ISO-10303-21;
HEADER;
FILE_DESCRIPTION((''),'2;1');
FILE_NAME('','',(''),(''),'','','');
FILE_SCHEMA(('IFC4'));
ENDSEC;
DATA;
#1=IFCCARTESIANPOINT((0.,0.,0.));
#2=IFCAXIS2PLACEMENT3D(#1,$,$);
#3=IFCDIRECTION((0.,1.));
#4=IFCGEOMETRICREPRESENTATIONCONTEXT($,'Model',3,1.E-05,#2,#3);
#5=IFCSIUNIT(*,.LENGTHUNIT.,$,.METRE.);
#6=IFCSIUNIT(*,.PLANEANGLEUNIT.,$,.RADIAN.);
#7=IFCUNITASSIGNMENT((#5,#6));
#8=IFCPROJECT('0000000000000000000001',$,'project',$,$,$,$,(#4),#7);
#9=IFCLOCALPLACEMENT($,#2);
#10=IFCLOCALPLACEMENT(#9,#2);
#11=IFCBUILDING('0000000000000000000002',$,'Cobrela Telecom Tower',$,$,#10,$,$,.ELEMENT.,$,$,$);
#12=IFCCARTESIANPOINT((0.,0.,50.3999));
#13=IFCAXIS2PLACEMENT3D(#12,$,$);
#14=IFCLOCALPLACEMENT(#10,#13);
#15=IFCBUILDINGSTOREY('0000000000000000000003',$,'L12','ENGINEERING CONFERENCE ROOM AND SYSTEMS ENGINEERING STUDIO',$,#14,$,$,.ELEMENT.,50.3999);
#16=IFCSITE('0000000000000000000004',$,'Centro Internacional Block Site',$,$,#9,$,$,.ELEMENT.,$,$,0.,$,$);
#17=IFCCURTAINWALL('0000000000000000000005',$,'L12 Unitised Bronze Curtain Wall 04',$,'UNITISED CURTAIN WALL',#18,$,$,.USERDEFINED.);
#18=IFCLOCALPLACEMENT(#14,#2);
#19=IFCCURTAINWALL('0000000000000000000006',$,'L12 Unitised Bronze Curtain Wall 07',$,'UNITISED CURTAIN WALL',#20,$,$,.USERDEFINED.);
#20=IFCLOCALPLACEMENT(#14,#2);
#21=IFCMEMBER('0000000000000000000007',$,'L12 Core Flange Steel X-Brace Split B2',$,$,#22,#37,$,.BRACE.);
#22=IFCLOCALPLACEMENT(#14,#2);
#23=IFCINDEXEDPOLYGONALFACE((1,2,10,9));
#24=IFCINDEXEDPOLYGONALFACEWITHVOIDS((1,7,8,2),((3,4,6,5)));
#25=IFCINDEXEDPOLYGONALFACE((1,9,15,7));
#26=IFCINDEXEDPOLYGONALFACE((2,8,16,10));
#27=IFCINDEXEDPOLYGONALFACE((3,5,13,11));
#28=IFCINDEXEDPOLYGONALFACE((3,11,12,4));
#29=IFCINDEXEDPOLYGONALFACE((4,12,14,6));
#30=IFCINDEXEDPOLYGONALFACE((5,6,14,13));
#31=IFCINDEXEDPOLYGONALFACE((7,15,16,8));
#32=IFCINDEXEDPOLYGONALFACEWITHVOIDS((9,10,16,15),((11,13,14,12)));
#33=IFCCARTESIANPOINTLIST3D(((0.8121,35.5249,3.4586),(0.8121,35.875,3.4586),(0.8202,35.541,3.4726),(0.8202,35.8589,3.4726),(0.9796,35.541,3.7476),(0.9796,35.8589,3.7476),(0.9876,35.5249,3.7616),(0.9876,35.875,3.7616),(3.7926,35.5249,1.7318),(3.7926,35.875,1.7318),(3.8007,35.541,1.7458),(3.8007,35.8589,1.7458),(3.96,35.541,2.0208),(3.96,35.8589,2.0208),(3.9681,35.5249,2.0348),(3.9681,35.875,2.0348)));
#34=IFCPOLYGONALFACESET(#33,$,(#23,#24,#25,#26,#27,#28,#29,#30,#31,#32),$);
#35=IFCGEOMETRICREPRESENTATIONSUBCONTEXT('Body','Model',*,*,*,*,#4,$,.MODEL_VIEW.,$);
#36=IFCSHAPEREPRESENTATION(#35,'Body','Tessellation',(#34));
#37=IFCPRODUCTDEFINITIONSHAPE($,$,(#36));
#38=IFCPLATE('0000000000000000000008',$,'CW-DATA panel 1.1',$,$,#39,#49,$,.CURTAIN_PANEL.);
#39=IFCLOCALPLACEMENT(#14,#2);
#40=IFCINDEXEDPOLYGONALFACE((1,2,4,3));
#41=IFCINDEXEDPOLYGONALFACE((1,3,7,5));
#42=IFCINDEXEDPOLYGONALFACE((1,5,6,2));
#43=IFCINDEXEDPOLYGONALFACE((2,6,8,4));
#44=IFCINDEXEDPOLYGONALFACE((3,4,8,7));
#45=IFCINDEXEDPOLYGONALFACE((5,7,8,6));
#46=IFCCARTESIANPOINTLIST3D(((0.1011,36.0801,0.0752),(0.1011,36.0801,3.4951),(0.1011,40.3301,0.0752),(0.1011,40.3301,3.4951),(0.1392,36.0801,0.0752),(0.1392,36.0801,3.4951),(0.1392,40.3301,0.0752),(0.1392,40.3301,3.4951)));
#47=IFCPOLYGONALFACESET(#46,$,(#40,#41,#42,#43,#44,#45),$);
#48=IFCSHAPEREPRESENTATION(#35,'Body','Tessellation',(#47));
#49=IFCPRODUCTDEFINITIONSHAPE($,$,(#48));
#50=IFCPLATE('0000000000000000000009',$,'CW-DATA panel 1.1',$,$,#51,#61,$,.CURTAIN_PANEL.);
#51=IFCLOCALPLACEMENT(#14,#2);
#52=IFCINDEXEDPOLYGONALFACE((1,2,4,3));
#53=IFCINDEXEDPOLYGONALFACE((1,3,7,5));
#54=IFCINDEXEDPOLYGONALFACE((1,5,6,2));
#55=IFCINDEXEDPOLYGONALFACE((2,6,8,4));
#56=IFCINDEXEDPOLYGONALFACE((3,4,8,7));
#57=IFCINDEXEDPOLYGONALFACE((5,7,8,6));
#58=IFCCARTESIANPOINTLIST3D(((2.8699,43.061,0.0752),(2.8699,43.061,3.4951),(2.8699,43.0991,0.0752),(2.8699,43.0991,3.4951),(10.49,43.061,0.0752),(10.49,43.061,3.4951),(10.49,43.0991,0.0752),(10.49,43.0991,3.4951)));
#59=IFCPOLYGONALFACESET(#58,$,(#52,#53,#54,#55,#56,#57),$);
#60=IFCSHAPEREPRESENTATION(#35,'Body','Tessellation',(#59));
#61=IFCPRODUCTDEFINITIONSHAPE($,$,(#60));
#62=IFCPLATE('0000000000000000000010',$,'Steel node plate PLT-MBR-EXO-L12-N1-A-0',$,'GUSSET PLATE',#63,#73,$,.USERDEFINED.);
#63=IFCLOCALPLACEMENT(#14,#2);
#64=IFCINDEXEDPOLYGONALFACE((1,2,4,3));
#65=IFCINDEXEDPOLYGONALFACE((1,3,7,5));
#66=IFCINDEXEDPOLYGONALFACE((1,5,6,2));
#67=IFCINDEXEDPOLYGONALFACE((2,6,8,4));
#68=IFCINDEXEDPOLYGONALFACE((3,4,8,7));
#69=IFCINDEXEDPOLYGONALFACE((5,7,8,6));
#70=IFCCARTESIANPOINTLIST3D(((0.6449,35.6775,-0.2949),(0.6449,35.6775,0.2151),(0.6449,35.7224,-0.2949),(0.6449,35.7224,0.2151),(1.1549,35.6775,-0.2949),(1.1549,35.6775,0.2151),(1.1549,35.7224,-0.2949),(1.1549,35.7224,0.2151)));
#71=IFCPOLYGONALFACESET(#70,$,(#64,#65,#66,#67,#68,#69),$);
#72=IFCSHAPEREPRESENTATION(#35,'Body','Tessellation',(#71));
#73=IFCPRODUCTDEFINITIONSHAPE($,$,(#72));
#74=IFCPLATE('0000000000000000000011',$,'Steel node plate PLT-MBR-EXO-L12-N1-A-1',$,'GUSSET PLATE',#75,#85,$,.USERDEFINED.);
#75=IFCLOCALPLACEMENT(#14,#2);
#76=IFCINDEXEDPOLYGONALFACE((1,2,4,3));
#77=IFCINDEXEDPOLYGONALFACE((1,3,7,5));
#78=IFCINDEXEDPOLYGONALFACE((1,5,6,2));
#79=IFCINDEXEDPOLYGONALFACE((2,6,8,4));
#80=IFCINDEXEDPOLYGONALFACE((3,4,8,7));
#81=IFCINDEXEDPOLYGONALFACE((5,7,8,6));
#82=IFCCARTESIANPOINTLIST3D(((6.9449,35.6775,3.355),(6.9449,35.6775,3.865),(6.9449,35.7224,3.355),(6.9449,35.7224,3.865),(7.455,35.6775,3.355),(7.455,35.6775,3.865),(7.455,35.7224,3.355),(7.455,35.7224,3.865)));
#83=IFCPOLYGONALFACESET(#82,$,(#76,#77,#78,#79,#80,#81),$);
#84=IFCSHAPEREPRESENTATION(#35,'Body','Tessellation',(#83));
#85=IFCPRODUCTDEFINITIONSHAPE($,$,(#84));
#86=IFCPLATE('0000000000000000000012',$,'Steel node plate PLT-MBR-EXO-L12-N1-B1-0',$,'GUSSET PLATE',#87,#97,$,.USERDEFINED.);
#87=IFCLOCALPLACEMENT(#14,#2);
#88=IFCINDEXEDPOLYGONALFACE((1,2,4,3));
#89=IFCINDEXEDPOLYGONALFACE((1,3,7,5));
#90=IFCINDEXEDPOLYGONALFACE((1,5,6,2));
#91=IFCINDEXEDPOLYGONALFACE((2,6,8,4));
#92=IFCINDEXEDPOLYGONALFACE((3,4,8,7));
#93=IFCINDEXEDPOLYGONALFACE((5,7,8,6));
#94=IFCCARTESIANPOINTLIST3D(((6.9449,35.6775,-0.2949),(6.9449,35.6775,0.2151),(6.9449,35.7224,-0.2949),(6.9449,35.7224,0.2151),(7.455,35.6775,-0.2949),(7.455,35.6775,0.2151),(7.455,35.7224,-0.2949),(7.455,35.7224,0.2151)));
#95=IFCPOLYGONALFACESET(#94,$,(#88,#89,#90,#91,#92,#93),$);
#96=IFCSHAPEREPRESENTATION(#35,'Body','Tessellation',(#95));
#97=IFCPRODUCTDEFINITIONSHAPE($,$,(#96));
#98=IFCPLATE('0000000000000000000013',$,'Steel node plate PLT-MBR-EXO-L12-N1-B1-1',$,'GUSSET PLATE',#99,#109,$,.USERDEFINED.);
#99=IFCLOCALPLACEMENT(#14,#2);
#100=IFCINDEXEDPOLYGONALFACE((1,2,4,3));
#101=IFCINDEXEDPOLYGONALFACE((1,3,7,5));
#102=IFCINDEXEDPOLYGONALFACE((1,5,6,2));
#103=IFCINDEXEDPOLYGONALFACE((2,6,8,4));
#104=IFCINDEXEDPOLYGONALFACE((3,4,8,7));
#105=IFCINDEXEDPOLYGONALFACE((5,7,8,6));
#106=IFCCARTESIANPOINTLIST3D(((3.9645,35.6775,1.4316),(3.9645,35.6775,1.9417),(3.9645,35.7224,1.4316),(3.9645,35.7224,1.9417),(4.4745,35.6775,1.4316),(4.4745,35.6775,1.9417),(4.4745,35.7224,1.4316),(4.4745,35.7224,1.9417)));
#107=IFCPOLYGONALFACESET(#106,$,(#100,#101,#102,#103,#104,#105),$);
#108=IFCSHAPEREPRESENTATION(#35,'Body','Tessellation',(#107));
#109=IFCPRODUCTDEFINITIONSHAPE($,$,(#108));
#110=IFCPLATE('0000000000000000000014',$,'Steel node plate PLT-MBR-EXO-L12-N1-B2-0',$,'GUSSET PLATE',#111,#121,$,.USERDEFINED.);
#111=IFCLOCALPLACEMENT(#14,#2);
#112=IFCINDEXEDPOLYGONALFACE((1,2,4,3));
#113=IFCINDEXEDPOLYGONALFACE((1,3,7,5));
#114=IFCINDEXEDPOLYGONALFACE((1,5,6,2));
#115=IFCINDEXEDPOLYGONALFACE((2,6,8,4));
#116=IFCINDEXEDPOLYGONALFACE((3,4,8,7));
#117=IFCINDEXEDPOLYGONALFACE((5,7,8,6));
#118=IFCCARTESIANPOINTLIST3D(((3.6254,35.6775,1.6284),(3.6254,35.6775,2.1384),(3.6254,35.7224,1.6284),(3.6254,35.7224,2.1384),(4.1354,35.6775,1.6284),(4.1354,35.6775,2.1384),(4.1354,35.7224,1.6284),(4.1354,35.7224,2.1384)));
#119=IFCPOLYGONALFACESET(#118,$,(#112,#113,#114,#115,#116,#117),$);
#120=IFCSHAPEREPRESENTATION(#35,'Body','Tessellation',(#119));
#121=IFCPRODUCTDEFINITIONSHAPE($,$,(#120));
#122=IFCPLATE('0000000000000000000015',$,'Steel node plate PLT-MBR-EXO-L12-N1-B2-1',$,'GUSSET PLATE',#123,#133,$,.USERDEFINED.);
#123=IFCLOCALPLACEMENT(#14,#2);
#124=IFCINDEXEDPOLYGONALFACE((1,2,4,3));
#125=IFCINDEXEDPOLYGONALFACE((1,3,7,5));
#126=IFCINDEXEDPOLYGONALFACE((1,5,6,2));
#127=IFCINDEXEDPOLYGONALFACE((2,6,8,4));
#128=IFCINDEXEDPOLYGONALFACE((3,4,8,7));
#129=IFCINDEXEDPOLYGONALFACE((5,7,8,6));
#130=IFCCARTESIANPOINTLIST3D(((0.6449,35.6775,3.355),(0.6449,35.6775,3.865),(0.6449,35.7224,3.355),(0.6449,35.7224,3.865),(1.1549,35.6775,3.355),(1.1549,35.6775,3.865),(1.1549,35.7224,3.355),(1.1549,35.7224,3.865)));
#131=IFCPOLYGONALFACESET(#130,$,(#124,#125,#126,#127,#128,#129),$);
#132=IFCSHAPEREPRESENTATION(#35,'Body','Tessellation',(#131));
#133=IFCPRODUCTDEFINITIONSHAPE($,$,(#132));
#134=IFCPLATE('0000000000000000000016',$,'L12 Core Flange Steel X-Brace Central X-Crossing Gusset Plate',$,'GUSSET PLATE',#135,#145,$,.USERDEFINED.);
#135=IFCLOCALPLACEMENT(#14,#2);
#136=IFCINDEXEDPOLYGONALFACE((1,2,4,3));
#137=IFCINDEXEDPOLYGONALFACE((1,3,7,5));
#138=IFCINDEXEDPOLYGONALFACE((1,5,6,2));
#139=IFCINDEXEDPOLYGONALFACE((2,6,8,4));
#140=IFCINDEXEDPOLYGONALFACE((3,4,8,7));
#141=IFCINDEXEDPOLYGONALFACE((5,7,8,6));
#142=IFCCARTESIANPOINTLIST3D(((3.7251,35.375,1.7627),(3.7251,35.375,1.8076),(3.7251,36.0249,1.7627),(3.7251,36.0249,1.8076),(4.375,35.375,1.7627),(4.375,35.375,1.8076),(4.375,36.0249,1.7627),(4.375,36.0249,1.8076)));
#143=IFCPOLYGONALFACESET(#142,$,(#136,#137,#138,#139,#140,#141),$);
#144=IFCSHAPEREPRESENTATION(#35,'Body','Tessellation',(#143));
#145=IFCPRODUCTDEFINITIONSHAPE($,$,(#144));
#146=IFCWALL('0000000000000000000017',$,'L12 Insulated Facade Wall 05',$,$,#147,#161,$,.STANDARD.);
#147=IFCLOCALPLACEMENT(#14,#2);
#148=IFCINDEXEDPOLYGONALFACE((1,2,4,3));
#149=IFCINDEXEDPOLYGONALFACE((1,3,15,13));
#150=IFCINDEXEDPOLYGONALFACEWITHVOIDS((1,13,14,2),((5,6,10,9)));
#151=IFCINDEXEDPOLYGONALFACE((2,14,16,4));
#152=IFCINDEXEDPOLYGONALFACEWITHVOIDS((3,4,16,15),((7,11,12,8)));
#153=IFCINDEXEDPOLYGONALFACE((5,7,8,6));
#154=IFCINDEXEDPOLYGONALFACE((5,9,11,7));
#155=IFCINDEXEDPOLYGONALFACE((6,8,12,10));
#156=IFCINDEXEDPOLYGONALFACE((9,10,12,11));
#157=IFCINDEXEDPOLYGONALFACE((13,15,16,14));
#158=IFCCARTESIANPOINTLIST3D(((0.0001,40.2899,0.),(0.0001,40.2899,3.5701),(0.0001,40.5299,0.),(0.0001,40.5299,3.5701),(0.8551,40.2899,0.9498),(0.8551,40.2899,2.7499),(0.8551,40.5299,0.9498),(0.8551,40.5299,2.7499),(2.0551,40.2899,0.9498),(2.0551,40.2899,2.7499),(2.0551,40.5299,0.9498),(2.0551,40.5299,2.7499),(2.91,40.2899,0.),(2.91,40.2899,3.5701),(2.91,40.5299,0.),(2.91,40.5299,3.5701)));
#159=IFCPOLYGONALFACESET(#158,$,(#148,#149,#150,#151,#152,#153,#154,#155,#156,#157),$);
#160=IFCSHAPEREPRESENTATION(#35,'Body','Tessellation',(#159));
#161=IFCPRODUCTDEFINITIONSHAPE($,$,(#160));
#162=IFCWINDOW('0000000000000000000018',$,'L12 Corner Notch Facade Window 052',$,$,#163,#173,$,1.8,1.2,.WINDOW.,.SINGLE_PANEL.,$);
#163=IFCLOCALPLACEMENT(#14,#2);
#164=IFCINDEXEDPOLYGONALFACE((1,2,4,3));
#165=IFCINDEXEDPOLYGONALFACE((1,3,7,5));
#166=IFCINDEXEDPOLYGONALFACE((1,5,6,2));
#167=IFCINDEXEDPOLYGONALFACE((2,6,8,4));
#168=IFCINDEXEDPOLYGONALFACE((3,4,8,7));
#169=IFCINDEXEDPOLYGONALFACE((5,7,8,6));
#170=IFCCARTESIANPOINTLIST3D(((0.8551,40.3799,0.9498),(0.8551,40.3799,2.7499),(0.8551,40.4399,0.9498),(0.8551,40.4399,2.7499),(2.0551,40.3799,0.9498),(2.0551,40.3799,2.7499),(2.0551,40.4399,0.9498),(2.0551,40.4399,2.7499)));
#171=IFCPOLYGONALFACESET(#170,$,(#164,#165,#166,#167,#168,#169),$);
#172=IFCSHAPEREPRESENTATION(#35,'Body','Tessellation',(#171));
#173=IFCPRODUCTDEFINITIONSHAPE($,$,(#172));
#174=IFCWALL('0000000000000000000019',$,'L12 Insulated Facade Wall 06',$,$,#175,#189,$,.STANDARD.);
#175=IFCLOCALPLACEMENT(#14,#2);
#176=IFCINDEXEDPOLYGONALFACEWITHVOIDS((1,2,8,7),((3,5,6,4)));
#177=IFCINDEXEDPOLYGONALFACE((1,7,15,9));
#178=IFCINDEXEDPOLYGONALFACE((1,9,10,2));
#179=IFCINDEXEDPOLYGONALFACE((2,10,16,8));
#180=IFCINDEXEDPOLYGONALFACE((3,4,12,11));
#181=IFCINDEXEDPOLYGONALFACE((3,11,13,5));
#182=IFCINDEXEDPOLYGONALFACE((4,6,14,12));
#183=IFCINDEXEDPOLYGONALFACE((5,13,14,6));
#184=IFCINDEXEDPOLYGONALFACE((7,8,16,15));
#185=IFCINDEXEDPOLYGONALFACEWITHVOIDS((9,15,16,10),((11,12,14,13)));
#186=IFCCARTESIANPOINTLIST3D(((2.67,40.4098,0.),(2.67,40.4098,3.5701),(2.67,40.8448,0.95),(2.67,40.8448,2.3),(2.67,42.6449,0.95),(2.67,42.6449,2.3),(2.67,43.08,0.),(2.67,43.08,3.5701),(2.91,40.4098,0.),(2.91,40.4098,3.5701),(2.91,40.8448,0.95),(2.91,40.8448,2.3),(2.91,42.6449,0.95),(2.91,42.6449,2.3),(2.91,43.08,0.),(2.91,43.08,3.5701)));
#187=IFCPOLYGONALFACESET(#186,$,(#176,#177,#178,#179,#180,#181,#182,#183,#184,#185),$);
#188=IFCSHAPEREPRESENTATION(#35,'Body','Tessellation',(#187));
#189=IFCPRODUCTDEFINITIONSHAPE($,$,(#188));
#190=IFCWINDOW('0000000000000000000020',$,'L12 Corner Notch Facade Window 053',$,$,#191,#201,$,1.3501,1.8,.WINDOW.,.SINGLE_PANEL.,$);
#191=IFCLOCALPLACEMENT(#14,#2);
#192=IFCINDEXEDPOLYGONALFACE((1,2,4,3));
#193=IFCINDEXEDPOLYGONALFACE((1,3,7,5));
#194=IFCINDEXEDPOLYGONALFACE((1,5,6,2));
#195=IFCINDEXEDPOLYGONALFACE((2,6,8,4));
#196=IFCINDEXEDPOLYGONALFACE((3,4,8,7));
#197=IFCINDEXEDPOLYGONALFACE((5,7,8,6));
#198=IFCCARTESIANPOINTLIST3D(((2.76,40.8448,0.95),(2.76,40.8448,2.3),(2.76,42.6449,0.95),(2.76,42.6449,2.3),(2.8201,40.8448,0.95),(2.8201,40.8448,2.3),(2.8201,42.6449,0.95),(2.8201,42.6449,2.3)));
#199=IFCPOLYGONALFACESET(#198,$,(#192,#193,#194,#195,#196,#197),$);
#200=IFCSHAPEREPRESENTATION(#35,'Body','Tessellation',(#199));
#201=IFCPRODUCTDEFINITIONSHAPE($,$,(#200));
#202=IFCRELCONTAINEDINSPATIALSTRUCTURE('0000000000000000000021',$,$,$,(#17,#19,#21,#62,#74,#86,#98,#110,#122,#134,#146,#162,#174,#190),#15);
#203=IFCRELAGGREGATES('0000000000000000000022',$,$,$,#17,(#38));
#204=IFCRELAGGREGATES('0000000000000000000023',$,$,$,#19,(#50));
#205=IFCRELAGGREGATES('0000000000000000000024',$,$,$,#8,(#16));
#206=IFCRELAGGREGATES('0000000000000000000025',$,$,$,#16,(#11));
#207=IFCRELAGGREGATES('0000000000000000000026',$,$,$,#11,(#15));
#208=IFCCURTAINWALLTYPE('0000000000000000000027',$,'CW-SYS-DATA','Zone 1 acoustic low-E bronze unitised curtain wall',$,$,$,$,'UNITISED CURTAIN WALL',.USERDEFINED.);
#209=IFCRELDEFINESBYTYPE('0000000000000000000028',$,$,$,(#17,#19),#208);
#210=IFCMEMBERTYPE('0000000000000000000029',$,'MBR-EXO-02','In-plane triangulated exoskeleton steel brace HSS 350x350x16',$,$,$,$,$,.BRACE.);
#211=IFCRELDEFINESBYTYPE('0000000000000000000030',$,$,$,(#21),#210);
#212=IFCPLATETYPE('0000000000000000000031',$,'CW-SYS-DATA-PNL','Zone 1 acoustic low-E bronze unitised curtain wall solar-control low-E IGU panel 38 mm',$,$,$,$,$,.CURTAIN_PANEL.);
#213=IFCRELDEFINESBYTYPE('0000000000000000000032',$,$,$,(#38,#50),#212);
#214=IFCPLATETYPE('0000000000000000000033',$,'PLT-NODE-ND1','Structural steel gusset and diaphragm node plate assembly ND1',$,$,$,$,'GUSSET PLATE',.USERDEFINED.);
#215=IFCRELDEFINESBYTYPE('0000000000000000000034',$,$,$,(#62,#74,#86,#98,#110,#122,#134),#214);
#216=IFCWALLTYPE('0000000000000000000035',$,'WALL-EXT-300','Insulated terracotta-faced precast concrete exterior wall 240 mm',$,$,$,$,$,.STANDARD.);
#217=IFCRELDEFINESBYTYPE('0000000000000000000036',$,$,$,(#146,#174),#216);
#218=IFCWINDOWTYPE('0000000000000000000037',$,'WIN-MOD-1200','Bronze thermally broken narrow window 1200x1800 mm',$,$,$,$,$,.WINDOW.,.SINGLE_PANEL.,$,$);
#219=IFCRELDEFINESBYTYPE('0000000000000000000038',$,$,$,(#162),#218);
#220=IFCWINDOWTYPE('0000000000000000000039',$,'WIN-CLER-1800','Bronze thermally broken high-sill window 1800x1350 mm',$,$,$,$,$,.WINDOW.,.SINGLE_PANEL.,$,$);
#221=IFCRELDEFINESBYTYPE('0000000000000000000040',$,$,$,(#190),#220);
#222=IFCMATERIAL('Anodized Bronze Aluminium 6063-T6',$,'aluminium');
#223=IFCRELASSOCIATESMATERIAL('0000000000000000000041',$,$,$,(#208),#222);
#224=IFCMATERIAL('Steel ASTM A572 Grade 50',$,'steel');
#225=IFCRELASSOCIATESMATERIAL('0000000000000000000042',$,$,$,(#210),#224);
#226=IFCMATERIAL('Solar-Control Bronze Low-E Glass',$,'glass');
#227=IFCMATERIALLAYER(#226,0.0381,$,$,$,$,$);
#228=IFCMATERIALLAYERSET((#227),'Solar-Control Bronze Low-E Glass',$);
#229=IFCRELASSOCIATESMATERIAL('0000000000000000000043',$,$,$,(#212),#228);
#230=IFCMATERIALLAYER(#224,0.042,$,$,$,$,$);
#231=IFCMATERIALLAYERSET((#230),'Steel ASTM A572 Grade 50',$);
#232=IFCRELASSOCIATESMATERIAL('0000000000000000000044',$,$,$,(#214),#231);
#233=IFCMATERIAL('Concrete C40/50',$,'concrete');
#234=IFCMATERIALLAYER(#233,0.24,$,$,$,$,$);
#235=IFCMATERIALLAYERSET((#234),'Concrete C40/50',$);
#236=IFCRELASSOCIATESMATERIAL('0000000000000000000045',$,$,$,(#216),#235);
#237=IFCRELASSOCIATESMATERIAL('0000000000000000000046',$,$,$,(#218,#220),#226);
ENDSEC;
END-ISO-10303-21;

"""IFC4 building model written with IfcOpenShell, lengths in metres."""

from ifc_helpers import new_model, si_unit, direction, frame, frame_2d, origin, origin_2d, place, context, subcontext, project, spatial, rectangle, hollow_rectangle, extrude, material, layer, layer_set, material_profile, profile_set, type_object, element, fill, aggregate, save


model = new_model("IFC4")

# Units and contexts
model_context = context("Model", 3, precision=1e-05, world=origin(), true_north=direction((0.0, 1.0)))
body_context = subcontext(model_context, "Body", "Model", "MODEL_VIEW")
ifc_project = project(units=[si_unit("LENGTHUNIT", "METRE"), si_unit("PLANEANGLEUNIT", "RADIAN")], contexts=[model_context])

# Site, building, storey
site_placement = place(None, origin())
site = spatial("IfcSite", under=ifc_project, at=site_placement, Name="Centro Internacional Block Site", CompositionType="ELEMENT", RefElevation=0.0)
building_placement = place(site_placement, origin())
building = spatial("IfcBuilding", under=site, at=building_placement, Name="Cobrela Telecom Tower", CompositionType="ELEMENT")
storey_placement = place(building_placement, frame((0.0, 0.0, 50.3999)))
storey = spatial("IfcBuildingStorey", under=building, at=storey_placement, Name="L12", Description="ENGINEERING CONFERENCE ROOM AND SYSTEMS ENGINEERING STUDIO", CompositionType="ELEMENT", Elevation=50.3999)

# Curtain wall
ifc_material_1 = material(Name="Anodized Bronze Aluminium 6063-T6", Category="aluminium")
curtain_wall_type = type_object("IfcCurtainWallType", Name="CW-SYS-DATA", Description="Zone 1 acoustic low-E bronze unitised curtain wall", ElementType="UNITISED CURTAIN WALL", PredefinedType="USERDEFINED", material=ifc_material_1)
curtain_wall_1_placement = place(storey_placement, origin())
curtain_wall_1 = element("IfcCurtainWall", 1, at=curtain_wall_1_placement, inside=storey, type_object=curtain_wall_type, Name="L12 Unitised Bronze Curtain Wall 04", ObjectType="UNITISED CURTAIN WALL", PredefinedType="USERDEFINED")

# Curtain wall
curtain_wall_2_placement = place(storey_placement, origin())
curtain_wall_2 = element("IfcCurtainWall", 2, at=curtain_wall_2_placement, inside=storey, type_object=curtain_wall_type, Name="L12 Unitised Bronze Curtain Wall 07", ObjectType="UNITISED CURTAIN WALL", PredefinedType="USERDEFINED")

# Member
ifc_material_2 = material(Name="Steel ASTM A572 Grade 50", Category="steel")
ifc_material_profile_1 = material_profile(ifc_material_2, hollow_rectangle(XDim=0.3501, YDim=0.3501, WallThickness=0.0161, at=origin_2d()), Name="HSS 350x350x16")
ifc_profile_set_1 = profile_set([ifc_material_profile_1], Name="Steel ASTM A572 Grade 50")
member_type_1 = type_object("IfcMemberType", Name="MBR-EXO-02", Description="In-plane triangulated exoskeleton steel brace HSS 350x350x16", PredefinedType="BRACE", material=ifc_profile_set_1)
member_1_placement = place(storey_placement, frame((3.8804, 35.7, 1.8833), z_axis=(-0.865266, 0.0, 0.501313), x_axis=(0.0, -1.0, 0.0)))
element("IfcMember", 3, at=member_1_placement, inside=storey, type_object=member_type_1, Name="L12 Core Flange Steel X-Brace Split B2", PredefinedType="BRACE", context=body_context, shape_type="SweptSolid", body=[
    extrude(hollow_rectangle(XDim=0.3501, YDim=0.3501, WallThickness=0.0161, at=origin_2d()), origin(), (0.0, 0.0, 1.0), 3.4446),
])

# Plates
ifc_material_3 = material(Name="Solar-Control Bronze Low-E Glass", Category="glass")
ifc_layer_1 = layer(ifc_material_3, 0.0381)
ifc_layer_set_1 = layer_set([ifc_layer_1], Name="Solar-Control Bronze Low-E Glass")
plate_type_1 = type_object("IfcPlateType", Name="CW-SYS-DATA-PNL", Description="Zone 1 acoustic low-E bronze unitised curtain wall solar-control low-E IGU panel 38 mm", PredefinedType="CURTAIN_PANEL", material=ifc_layer_set_1)
plate_1_placement = place(storey_placement, frame((0.1201, 38.2051, 0.0752), z_axis=(0.0, 0.0, 1.0), x_axis=(0.0, 1.0, 0.0)))
plate_1 = element("IfcPlate", 4, at=plate_1_placement, type_object=plate_type_1, Name="CW-DATA panel 1.1", PredefinedType="CURTAIN_PANEL", context=body_context, shape_type="SweptSolid", body=[
    extrude(rectangle(XDim=4.25, YDim=0.0381, at=origin_2d()), origin(), (0.0, 0.0, 1.0), 3.4199),
])
aggregate(curtain_wall_1, [plate_1])
plate_2_placement = place(storey_placement, frame((6.6799, 43.0801, 0.0752), z_axis=(0.0, 0.0, 1.0), x_axis=(1.0, 0.0, 0.0)))
plate_2 = element("IfcPlate", 5, at=plate_2_placement, type_object=plate_type_1, Name="CW-DATA panel 1.1", PredefinedType="CURTAIN_PANEL", context=body_context, shape_type="SweptSolid", body=[
    extrude(rectangle(XDim=7.6201, YDim=0.0381, at=origin_2d()), origin(), (0.0, 0.0, 1.0), 3.4199),
])
aggregate(curtain_wall_2, [plate_2])

# Plates
ifc_layer_2 = layer(ifc_material_2, 0.042)
ifc_layer_set_2 = layer_set([ifc_layer_2], Name="Steel ASTM A572 Grade 50")
plate_type_2 = type_object("IfcPlateType", Name="PLT-NODE-ND1", Description="Structural steel gusset and diaphragm node plate assembly ND1", ElementType="GUSSET PLATE", PredefinedType="USERDEFINED", material=ifc_layer_set_2)
for number, where, z_axis, x_axis, name in (
    (6, (0.8999, 35.7, -0.2949), (0.0, 0.0, 1.0), (1.0, 0.0, 0.0), "Steel node plate PLT-MBR-EXO-L12-N1-A-0"),
    (7, (7.2, 35.7, 3.355), (0.0, 0.0, 1.0), (1.0, 0.0, 0.0), "Steel node plate PLT-MBR-EXO-L12-N1-A-1"),
    (8, (7.2, 35.7, -0.2949), (0.0, 0.0, 1.0), (-1.0, 0.0, 0.0), "Steel node plate PLT-MBR-EXO-L12-N1-B1-0"),
    (9, (4.2195, 35.7, 1.4316), (0.0, 0.0, 1.0), (-1.0, 0.0, 0.0), "Steel node plate PLT-MBR-EXO-L12-N1-B1-1"),
    (10, (3.8804, 35.7, 1.6284), (0.0, 0.0, 1.0), (-1.0, 0.0, 0.0), "Steel node plate PLT-MBR-EXO-L12-N1-B2-0"),
    (11, (0.8999, 35.7, 3.355), (0.0, 0.0, 1.0), (-1.0, 0.0, 0.0), "Steel node plate PLT-MBR-EXO-L12-N1-B2-1"),
):
    element("IfcPlate", number, at=place(storey_placement, frame(where, z_axis=z_axis, x_axis=x_axis)), inside=storey, type_object=plate_type_2, Name=name, ObjectType="GUSSET PLATE", PredefinedType="USERDEFINED", context=body_context, shape_type="SweptSolid", body=[
        extrude(rectangle(XDim=0.51, YDim=0.0449, at=origin_2d()), origin(), (0.0, 0.0, 1.0), 0.51),
    ])
plate_3_placement = place(storey_placement, frame((4.05, 35.7, 1.7627), z_axis=(0.0, 0.0, 1.0), x_axis=(1.0, 0.0, 0.0)))
element("IfcPlate", 12, at=plate_3_placement, inside=storey, type_object=plate_type_2, Name="L12 Core Flange Steel X-Brace Central X-Crossing Gusset Plate", ObjectType="GUSSET PLATE", PredefinedType="USERDEFINED", context=body_context, shape_type="SweptSolid", body=[
    extrude(rectangle(XDim=0.6499, YDim=0.6499, at=origin_2d()), origin(), (0.0, 0.0, 1.0), 0.0449),
])

# Walls, openings, windows
ifc_material_4 = material(Name="Concrete C40/50", Category="concrete")
ifc_layer_3 = layer(ifc_material_4, 0.24)
ifc_layer_set_3 = layer_set([ifc_layer_3], Name="Concrete C40/50")
wall_type = type_object("IfcWallType", Name="WALL-EXT-300", Description="Insulated terracotta-faced precast concrete exterior wall 240 mm", PredefinedType="STANDARD", material=ifc_layer_set_3)
wall_1_placement = place(storey_placement, frame((0.0, 40.4099, 0.0), z_axis=(0.0, 0.0, 1.0), x_axis=(1.0, 0.0, 0.0)))
wall_1 = element("IfcWall", 13, at=wall_1_placement, inside=storey, type_object=wall_type, Name="L12 Insulated Facade Wall 05", PredefinedType="STANDARD", context=body_context, shape_type="SweptSolid", body=[
    extrude(rectangle(XDim=2.9099, YDim=0.24, at=frame_2d((1.4551, 0.0))), origin(), (0.0, 0.0, 1.0), 3.5701),
])
opening_1_placement = place(wall_1_placement, frame((0.855, 0.0, 0.95)))
opening_1 = element("IfcOpeningElement", 14, at=opening_1_placement, cuts=wall_1, PredefinedType="OPENING", context=body_context, shape_type="SweptSolid", body=[
    extrude(rectangle(XDim=1.2, YDim=1.8, at=frame_2d((0.6001, 0.8999))), frame((0.0, 0.1318, 0.0), z_axis=(0.0, -1.0, 0.0), x_axis=(1.0, 0.0, 0.0)), (0.0, 0.0, 1.0), 0.2639),
])
window_type_1 = type_object("IfcWindowType", Name="WIN-MOD-1200", Description="Bronze thermally broken narrow window 1200x1800 mm", PartitioningType="SINGLE_PANEL", PredefinedType="WINDOW", material=ifc_material_3)
window_1_placement = place(opening_1_placement, origin())
window_1 = element("IfcWindow", 15, at=window_1_placement, inside=storey, type_object=window_type_1, Name="L12 Corner Notch Facade Window 052", OverallHeight=1.8, OverallWidth=1.2, PartitioningType="SINGLE_PANEL", PredefinedType="WINDOW", context=body_context, shape_type="SweptSolid", body=[
    extrude(rectangle(XDim=1.2, YDim=1.8, at=frame_2d((0.6001, 0.8999))), frame((0.0, 0.03, 0.0), z_axis=(0.0, -1.0, 0.0), x_axis=(1.0, 0.0, 0.0)), (0.0, 0.0, 1.0), 0.0601),
])
fill(opening_1, window_1)
wall_2_placement = place(storey_placement, frame((2.79, 40.4099, 0.0), z_axis=(0.0, 0.0, 1.0), x_axis=(0.0, 1.0, 0.0)))
wall_2 = element("IfcWall", 16, at=wall_2_placement, inside=storey, type_object=wall_type, Name="L12 Insulated Facade Wall 06", PredefinedType="STANDARD", context=body_context, shape_type="SweptSolid", body=[
    extrude(rectangle(XDim=2.6702, YDim=0.24, at=frame_2d((1.335, 0.0))), origin(), (0.0, 0.0, 1.0), 3.5701),
])
opening_2_placement = place(wall_2_placement, frame((0.4351, 0.0, 0.95)))
opening_2 = element("IfcOpeningElement", 17, at=opening_2_placement, cuts=wall_2, PredefinedType="OPENING", context=body_context, shape_type="SweptSolid", body=[
    extrude(rectangle(XDim=1.8, YDim=1.3501, at=frame_2d((0.8999, 0.675))), frame((0.0, 0.1318, 0.0), z_axis=(0.0, -1.0, 0.0), x_axis=(1.0, 0.0, 0.0)), (0.0, 0.0, 1.0), 0.2639),
])
window_type_2 = type_object("IfcWindowType", Name="WIN-CLER-1800", Description="Bronze thermally broken high-sill window 1800x1350 mm", PartitioningType="SINGLE_PANEL", PredefinedType="WINDOW", material=ifc_material_3)
window_2_placement = place(opening_2_placement, origin())
window_2 = element("IfcWindow", 18, at=window_2_placement, inside=storey, type_object=window_type_2, Name="L12 Corner Notch Facade Window 053", OverallHeight=1.3501, OverallWidth=1.8, PartitioningType="SINGLE_PANEL", PredefinedType="WINDOW", context=body_context, shape_type="SweptSolid", body=[
    extrude(rectangle(XDim=1.8, YDim=1.3501, at=frame_2d((0.8999, 0.675))), frame((0.0, 0.03, 0.0), z_axis=(0.0, -1.0, 0.0), x_axis=(1.0, 0.0, 0.0)), (0.0, 0.0, 1.0), 0.0601),
])
fill(opening_2, window_2)

save(model, "model.ifc")
